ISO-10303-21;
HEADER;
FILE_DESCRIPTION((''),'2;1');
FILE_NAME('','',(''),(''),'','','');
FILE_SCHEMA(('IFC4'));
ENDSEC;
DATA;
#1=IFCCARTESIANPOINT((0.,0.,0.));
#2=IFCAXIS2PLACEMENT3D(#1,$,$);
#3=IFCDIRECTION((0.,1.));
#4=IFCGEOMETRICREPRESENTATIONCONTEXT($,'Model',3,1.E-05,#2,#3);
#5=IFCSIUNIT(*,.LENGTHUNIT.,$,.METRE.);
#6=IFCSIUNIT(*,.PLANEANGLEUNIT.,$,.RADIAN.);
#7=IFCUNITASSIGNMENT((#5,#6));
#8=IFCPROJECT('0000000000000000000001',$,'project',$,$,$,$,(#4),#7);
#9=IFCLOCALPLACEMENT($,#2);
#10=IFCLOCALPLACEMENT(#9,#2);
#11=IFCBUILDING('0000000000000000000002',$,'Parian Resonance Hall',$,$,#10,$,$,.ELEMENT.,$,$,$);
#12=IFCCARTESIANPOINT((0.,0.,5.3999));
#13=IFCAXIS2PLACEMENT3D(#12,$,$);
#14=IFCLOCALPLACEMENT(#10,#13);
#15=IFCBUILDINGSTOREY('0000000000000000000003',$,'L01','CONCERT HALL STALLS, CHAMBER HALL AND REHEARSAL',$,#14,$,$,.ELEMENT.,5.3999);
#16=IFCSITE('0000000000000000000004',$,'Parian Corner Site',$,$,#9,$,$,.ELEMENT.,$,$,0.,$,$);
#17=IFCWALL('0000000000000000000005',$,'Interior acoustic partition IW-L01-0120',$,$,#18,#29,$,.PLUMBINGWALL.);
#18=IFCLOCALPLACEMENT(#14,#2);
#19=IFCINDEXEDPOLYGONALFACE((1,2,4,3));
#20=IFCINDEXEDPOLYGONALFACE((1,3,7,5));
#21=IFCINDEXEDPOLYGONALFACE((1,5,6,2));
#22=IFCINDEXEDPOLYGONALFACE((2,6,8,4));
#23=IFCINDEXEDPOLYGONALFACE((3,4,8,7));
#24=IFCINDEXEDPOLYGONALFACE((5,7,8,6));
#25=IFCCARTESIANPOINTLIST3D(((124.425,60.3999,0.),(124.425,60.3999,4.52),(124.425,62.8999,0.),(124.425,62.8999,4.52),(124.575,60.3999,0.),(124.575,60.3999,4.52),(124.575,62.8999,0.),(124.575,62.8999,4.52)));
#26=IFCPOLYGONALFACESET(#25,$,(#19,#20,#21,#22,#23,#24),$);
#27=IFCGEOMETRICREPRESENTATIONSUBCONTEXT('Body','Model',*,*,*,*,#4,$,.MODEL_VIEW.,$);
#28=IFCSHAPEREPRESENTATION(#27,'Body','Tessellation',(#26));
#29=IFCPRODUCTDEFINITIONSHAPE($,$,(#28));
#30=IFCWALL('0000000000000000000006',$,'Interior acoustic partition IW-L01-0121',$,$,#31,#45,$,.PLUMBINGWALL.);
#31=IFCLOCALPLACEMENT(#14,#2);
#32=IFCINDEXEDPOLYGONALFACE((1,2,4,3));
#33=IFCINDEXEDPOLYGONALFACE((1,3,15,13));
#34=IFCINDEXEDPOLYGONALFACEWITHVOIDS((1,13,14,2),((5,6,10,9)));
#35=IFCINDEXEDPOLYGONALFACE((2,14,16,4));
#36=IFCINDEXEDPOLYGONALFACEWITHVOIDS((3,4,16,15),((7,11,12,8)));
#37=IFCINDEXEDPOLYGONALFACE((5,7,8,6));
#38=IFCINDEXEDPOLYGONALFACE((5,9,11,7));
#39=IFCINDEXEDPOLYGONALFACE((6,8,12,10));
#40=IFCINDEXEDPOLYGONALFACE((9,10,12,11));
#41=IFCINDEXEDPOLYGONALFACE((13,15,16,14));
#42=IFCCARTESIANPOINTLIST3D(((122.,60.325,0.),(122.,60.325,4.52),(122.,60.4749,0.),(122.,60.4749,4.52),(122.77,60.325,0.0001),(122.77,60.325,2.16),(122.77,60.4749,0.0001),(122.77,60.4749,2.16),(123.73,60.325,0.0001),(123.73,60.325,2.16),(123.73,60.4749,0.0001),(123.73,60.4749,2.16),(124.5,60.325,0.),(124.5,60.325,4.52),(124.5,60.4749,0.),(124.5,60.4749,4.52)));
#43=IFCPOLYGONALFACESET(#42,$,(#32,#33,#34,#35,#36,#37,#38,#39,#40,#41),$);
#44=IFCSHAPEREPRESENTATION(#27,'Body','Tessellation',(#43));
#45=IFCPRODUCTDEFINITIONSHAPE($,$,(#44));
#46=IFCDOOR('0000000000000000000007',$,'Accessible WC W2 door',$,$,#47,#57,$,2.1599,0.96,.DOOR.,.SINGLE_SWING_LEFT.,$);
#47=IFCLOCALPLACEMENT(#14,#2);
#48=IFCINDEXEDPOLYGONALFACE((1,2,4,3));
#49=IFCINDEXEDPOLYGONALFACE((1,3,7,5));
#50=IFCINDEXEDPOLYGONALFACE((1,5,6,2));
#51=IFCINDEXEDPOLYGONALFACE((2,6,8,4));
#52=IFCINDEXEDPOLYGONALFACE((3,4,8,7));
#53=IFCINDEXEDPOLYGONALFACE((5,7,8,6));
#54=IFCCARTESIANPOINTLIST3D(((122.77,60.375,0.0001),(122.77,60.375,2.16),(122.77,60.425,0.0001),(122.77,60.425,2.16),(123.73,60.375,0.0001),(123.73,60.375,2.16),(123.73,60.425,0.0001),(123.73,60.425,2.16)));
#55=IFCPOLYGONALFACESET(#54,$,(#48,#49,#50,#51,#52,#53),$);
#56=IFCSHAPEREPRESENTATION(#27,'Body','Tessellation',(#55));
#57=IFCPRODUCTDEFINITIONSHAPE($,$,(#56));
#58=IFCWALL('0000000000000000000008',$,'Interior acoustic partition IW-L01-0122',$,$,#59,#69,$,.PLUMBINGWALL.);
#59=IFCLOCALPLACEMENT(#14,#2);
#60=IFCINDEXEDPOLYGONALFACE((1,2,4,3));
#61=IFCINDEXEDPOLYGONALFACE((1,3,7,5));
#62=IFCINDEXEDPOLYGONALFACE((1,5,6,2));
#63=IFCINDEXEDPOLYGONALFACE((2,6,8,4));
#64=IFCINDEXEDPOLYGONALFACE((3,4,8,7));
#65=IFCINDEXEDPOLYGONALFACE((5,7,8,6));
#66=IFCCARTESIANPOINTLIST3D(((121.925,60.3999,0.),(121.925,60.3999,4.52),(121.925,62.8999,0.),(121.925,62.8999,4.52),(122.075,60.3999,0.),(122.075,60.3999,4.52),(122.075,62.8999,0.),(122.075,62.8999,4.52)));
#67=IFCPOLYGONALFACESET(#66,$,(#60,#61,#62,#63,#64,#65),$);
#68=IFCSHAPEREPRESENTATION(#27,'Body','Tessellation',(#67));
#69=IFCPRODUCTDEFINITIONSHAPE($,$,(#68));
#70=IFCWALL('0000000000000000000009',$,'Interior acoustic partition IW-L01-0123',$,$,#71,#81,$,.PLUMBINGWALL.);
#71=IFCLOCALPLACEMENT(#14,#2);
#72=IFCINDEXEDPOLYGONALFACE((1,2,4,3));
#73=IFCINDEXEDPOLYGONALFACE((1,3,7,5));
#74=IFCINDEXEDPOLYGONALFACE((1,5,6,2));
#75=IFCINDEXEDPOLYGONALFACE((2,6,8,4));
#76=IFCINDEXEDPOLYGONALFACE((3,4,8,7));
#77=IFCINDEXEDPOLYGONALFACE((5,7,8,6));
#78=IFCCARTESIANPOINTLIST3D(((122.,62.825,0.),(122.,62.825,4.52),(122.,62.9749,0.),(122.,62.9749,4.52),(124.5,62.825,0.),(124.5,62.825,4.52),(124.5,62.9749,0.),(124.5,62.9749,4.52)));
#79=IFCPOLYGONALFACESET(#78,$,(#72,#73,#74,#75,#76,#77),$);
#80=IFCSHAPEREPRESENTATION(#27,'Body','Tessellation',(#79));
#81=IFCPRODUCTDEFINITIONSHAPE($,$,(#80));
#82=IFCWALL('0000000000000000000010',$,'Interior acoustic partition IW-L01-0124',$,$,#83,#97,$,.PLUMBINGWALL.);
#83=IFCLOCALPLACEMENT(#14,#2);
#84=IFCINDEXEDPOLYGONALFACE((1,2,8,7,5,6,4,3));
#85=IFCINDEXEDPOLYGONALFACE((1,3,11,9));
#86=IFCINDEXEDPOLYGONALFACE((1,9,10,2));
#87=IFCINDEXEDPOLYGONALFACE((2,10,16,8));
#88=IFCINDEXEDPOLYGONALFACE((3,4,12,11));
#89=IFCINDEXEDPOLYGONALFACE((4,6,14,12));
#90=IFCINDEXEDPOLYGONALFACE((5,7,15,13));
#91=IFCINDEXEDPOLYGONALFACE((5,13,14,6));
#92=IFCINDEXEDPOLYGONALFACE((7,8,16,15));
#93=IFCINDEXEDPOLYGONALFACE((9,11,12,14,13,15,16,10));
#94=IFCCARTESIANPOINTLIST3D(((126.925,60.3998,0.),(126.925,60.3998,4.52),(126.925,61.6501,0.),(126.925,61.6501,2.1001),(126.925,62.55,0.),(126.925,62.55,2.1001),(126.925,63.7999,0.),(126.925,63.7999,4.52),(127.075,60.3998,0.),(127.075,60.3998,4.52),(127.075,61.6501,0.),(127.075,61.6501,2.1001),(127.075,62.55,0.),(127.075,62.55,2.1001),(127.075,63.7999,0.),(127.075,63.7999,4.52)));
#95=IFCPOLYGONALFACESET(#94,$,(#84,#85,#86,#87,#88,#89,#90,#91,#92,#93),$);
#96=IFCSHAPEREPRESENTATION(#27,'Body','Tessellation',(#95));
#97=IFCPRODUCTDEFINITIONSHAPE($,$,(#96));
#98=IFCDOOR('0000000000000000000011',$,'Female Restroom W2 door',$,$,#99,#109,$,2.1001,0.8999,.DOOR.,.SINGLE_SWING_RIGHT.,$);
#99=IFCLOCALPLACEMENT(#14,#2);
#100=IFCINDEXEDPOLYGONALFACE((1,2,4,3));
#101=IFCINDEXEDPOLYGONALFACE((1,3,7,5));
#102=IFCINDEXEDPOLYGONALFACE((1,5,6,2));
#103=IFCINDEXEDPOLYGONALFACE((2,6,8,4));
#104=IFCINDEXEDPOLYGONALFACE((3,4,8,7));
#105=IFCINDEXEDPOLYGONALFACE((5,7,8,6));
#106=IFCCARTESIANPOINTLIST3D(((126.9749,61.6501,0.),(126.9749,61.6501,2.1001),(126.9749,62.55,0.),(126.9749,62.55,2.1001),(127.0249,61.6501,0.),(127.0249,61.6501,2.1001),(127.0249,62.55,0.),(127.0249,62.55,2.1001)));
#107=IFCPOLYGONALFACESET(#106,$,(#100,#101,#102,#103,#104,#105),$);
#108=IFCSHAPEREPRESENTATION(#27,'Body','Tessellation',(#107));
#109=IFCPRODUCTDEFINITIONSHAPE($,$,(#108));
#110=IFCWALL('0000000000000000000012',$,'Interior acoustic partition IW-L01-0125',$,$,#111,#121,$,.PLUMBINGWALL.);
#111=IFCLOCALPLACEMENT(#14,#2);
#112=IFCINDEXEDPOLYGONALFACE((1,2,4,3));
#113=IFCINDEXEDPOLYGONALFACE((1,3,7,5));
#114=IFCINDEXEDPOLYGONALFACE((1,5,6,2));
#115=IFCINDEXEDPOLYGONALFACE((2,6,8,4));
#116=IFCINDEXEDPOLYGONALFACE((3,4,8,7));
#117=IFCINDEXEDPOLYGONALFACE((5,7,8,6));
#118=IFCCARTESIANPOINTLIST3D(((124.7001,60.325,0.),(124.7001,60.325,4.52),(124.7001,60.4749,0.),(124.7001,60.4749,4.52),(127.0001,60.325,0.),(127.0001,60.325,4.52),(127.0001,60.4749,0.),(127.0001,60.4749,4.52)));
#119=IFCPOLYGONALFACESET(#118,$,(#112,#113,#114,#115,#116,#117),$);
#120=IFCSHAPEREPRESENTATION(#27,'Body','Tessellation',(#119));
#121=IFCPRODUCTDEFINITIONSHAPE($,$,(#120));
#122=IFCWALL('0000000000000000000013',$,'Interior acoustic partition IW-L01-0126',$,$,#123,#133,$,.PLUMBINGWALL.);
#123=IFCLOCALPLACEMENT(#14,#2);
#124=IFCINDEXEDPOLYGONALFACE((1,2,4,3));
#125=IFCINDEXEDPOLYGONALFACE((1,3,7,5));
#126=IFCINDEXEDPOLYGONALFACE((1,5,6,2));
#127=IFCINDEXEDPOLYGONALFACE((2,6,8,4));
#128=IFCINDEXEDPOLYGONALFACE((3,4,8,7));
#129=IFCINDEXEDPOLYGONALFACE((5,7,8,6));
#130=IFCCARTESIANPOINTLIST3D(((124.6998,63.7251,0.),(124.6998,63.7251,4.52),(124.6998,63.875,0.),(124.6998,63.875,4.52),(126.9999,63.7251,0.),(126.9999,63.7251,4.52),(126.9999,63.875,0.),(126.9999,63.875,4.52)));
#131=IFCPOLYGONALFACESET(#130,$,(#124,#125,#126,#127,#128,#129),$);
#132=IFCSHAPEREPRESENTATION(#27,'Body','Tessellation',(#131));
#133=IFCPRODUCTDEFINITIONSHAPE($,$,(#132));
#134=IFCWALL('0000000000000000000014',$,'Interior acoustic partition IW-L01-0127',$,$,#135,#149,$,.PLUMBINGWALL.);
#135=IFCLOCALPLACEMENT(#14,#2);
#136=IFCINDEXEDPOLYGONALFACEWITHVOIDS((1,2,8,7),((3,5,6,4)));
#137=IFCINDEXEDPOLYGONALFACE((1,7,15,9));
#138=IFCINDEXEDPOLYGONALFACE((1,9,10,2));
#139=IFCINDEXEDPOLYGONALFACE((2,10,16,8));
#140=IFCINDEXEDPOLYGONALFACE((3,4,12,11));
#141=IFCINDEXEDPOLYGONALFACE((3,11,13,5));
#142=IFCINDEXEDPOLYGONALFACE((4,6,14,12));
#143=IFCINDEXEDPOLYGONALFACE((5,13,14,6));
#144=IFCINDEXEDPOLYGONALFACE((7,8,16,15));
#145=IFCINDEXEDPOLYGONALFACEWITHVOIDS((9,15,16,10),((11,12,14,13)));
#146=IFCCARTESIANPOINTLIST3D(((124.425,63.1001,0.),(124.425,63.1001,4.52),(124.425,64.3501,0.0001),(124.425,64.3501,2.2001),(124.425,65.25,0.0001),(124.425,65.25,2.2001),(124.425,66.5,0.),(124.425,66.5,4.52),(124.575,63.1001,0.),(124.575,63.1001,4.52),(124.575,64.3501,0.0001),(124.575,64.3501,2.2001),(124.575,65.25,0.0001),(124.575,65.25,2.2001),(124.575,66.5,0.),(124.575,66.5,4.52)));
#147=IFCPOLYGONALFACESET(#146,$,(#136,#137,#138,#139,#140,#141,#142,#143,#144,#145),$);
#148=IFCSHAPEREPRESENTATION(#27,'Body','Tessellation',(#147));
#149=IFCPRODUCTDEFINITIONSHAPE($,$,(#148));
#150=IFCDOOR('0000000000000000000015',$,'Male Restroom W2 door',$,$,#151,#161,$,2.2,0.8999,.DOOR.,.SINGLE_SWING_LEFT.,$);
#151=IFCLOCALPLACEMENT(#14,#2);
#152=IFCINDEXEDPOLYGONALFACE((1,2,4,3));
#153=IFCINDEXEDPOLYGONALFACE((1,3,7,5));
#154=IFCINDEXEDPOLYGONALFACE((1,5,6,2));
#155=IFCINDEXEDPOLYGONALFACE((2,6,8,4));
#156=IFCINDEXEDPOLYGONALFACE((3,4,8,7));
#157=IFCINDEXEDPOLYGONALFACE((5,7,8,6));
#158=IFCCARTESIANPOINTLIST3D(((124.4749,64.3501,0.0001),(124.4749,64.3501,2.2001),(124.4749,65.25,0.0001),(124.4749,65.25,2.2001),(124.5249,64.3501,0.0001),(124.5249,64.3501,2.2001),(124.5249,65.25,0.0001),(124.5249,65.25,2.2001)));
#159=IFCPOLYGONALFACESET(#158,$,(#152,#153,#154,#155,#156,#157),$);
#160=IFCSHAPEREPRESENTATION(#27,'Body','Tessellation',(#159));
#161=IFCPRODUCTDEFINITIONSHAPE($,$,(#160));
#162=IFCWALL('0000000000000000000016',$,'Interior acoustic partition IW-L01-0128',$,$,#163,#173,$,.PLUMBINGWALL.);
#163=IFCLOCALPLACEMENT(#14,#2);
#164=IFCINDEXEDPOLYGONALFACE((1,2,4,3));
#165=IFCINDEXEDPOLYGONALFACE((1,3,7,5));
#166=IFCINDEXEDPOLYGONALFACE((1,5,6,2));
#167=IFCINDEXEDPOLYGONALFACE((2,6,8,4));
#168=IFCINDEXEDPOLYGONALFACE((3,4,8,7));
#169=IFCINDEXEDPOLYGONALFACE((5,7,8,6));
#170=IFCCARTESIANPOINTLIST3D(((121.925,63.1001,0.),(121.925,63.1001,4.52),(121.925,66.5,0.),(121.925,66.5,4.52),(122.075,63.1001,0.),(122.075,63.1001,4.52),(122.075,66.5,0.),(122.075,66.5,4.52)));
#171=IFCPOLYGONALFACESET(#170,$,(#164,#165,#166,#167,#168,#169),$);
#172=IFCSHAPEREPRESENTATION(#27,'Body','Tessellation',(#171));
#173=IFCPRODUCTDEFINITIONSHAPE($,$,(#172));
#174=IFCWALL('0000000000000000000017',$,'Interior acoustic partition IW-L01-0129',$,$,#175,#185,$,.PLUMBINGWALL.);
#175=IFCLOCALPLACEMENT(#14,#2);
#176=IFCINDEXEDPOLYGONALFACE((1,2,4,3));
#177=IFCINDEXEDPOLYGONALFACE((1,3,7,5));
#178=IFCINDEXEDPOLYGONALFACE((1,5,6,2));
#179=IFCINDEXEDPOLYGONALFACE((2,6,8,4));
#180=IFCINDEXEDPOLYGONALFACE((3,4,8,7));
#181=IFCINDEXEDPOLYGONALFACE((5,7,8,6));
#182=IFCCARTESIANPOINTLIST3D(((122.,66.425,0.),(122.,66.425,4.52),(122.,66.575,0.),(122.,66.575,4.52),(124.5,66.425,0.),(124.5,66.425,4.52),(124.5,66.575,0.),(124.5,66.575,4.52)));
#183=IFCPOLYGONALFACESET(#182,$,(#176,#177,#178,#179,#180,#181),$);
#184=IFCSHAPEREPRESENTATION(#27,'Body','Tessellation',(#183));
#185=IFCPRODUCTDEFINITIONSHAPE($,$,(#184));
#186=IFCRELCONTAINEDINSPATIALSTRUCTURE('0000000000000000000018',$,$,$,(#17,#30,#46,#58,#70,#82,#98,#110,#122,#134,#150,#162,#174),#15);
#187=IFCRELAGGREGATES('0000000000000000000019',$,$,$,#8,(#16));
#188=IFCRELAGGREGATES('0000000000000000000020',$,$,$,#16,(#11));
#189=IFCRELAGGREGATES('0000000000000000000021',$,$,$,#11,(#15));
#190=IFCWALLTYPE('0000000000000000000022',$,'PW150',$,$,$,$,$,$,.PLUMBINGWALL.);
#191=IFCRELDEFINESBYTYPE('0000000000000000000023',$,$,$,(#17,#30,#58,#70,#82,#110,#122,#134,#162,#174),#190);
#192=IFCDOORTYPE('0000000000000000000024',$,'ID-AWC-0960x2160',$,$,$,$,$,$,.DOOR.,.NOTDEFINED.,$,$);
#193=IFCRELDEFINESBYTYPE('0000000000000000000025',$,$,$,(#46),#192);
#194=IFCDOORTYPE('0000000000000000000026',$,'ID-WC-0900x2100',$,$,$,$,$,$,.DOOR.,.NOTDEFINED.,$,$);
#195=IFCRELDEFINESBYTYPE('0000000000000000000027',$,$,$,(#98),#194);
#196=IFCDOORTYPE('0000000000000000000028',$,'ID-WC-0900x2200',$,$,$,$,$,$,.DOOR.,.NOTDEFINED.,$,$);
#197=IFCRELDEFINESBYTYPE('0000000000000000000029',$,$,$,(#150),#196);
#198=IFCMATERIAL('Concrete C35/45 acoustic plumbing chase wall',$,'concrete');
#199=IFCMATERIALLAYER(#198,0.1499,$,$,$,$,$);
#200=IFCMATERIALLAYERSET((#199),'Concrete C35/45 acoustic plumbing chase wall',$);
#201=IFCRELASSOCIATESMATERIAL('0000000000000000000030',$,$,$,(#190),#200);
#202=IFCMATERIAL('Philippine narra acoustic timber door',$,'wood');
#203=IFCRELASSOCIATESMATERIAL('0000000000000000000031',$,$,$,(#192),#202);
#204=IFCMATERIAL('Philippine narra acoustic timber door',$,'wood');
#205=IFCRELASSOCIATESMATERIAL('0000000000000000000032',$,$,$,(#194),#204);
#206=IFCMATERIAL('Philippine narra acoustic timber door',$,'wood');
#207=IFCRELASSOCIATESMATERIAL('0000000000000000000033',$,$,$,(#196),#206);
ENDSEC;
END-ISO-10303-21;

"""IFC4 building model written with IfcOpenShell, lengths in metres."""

from ifc_helpers import new_model, si_unit, direction, frame, frame_2d, origin, place, context, subcontext, project, spatial, rectangle, extrude, material, layer, layer_set, type_object, element, fill, save


model = new_model("IFC4")

# Units and contexts
model_context = context("Model", 3, precision=1e-05, world=origin(), true_north=direction((0.0, 1.0)))
body_context = subcontext(model_context, "Body", "Model", "MODEL_VIEW")
ifc_project = project(units=[si_unit("LENGTHUNIT", "METRE"), si_unit("PLANEANGLEUNIT", "RADIAN")], contexts=[model_context])

# Site, building, storey
site_placement = place(None, origin())
site = spatial("IfcSite", under=ifc_project, at=site_placement, Name="Parian Corner Site", CompositionType="ELEMENT", RefElevation=0.0)
building_placement = place(site_placement, origin())
building = spatial("IfcBuilding", under=site, at=building_placement, Name="Parian Resonance Hall", CompositionType="ELEMENT")
storey_placement = place(building_placement, frame((0.0, 0.0, 5.3999)))
storey = spatial("IfcBuildingStorey", under=building, at=storey_placement, Name="L01", Description="CONCERT HALL STALLS, CHAMBER HALL AND REHEARSAL", CompositionType="ELEMENT", Elevation=5.3999)

# Wall
ifc_material_1 = material(Name="Concrete C35/45 acoustic plumbing chase wall", Category="concrete")
ifc_layer_1 = layer(ifc_material_1, 0.1499)
ifc_layer_set_1 = layer_set([ifc_layer_1], Name="Concrete C35/45 acoustic plumbing chase wall")
wall_type_1 = type_object("IfcWallType", Name="PW150", PredefinedType="PLUMBINGWALL", material=ifc_layer_set_1)
wall_1_placement = place(storey_placement, frame((124.5, 62.8999, 0.0), z_axis=(0.0, 0.0, 1.0), x_axis=(0.0, -1.0, 0.0)))
element("IfcWall", 1, at=wall_1_placement, inside=storey, type_object=wall_type_1, Name="Interior acoustic partition IW-L01-0120", PredefinedType="PLUMBINGWALL", context=body_context, shape_type="SweptSolid", body=[
    extrude(rectangle(XDim=2.5, YDim=0.1499, at=frame_2d((1.25, 0.0))), origin(), (0.0, 0.0, 1.0), 4.52),
])

# Wall, opening, door
wall_2_placement = place(storey_placement, frame((124.5, 60.3999, 0.0), z_axis=(0.0, 0.0, 1.0), x_axis=(-1.0, 0.0, 0.0)))
wall_2 = element("IfcWall", 2, at=wall_2_placement, inside=storey, type_object=wall_type_1, Name="Interior acoustic partition IW-L01-0121", PredefinedType="PLUMBINGWALL", context=body_context, shape_type="SweptSolid", body=[
    extrude(rectangle(XDim=2.5, YDim=0.1499, at=frame_2d((1.25, 0.0))), origin(), (0.0, 0.0, 1.0), 4.52),
])
opening_1_placement = place(wall_2_placement, frame((0.77, 0.0, 0.0)))
opening_1 = element("IfcOpeningElement", 3, at=opening_1_placement, cuts=wall_2, PredefinedType="OPENING", context=body_context, shape_type="SweptSolid", body=[
    extrude(rectangle(XDim=0.96, YDim=2.1599, at=frame_2d((0.48, 1.0801))), frame((0.0, 0.085, 0.0), z_axis=(0.0, -1.0, 0.0), x_axis=(1.0, 0.0, 0.0)), (0.0, 0.0, 1.0), 0.1699),
])
ifc_material_2 = material(Name="Philippine narra acoustic timber door", Category="wood")
door_type_1 = type_object("IfcDoorType", Name="ID-AWC-0960x2160", OperationType="NOTDEFINED", PredefinedType="DOOR", material=ifc_material_2)
door_1_placement = place(opening_1_placement, origin())
door_1 = element("IfcDoor", 4, at=door_1_placement, inside=storey, type_object=door_type_1, Name="Accessible WC W2 door", OperationType="SINGLE_SWING_LEFT", OverallHeight=2.1599, OverallWidth=0.96, PredefinedType="DOOR", context=body_context, shape_type="SweptSolid", body=[
    extrude(rectangle(XDim=0.96, YDim=2.1599, at=frame_2d((0.48, 1.0801))), frame((0.0, 0.0249, 0.0), z_axis=(0.0, -1.0, 0.0), x_axis=(1.0, 0.0, 0.0)), (0.0, 0.0, 1.0), 0.05),
])
fill(opening_1, door_1)

# Walls
for number, where, z_axis, x_axis, name in (
    (5, (122.0, 60.3999, 0.0), (0.0, 0.0, 1.0), (0.0, 1.0, 0.0), "Interior acoustic partition IW-L01-0122"),
    (6, (122.0, 62.8999, 0.0), (0.0, 0.0, 1.0), (1.0, 0.0, 0.0), "Interior acoustic partition IW-L01-0123"),
):
    element("IfcWall", number, at=place(storey_placement, frame(where, z_axis=z_axis, x_axis=x_axis)), inside=storey, type_object=wall_type_1, Name=name, PredefinedType="PLUMBINGWALL", context=body_context, shape_type="SweptSolid", body=[
        extrude(rectangle(XDim=2.5, YDim=0.1499, at=frame_2d((1.25, 0.0))), origin(), (0.0, 0.0, 1.0), 4.52),
    ])

# Wall, opening, door
wall_3_placement = place(storey_placement, frame((127.0, 63.8, 0.0), z_axis=(0.0, 0.0, 1.0), x_axis=(0.0, -1.0, 0.0)))
wall_3 = element("IfcWall", 7, at=wall_3_placement, inside=storey, type_object=wall_type_1, Name="Interior acoustic partition IW-L01-0124", PredefinedType="PLUMBINGWALL", context=body_context, shape_type="SweptSolid", body=[
    extrude(rectangle(XDim=3.4001, YDim=0.1499, at=frame_2d((1.7002, 0.0))), origin(), (0.0, 0.0, 1.0), 4.52),
])
opening_2_placement = place(wall_3_placement, frame((1.25, 0.0, 0.0)))
opening_2 = element("IfcOpeningElement", 8, at=opening_2_placement, cuts=wall_3, PredefinedType="OPENING", context=body_context, shape_type="SweptSolid", body=[
    extrude(rectangle(XDim=0.8999, YDim=2.1001, at=frame_2d((0.45, 1.05))), frame((0.0, 0.085, 0.0), z_axis=(0.0, -1.0, 0.0), x_axis=(1.0, 0.0, 0.0)), (0.0, 0.0, 1.0), 0.1699),
])
ifc_material_3 = material(Name="Philippine narra acoustic timber door", Category="wood")
door_type_2 = type_object("IfcDoorType", Name="ID-WC-0900x2100", OperationType="NOTDEFINED", PredefinedType="DOOR", material=ifc_material_3)
door_2_placement = place(opening_2_placement, origin())
door_2 = element("IfcDoor", 9, at=door_2_placement, inside=storey, type_object=door_type_2, Name="Female Restroom W2 door", OperationType="SINGLE_SWING_RIGHT", OverallHeight=2.1001, OverallWidth=0.8999, PredefinedType="DOOR", context=body_context, shape_type="SweptSolid", body=[
    extrude(rectangle(XDim=0.8999, YDim=2.1001, at=frame_2d((0.45, 1.05))), frame((0.0, 0.0249, 0.0), z_axis=(0.0, -1.0, 0.0), x_axis=(1.0, 0.0, 0.0)), (0.0, 0.0, 1.0), 0.05),
])
fill(opening_2, door_2)

# Walls
for number, where, z_axis, x_axis, name in (
    (10, (127.0, 60.3999, 0.0), (0.0, 0.0, 1.0), (-1.0, 0.0, 0.0), "Interior acoustic partition IW-L01-0125"),
    (11, (124.7, 63.8, 0.0), (0.0, 0.0, 1.0), (1.0, 0.0, 0.0), "Interior acoustic partition IW-L01-0126"),
):
    element("IfcWall", number, at=place(storey_placement, frame(where, z_axis=z_axis, x_axis=x_axis)), inside=storey, type_object=wall_type_1, Name=name, PredefinedType="PLUMBINGWALL", context=body_context, shape_type="SweptSolid", body=[
        extrude(rectangle(XDim=2.3, YDim=0.1499, at=frame_2d((1.1499, 0.0))), origin(), (0.0, 0.0, 1.0), 4.52),
    ])

# Wall, opening, door
wall_4_placement = place(storey_placement, frame((124.5, 66.5, 0.0), z_axis=(0.0, 0.0, 1.0), x_axis=(0.0, -1.0, 0.0)))
wall_4 = element("IfcWall", 12, at=wall_4_placement, inside=storey, type_object=wall_type_1, Name="Interior acoustic partition IW-L01-0127", PredefinedType="PLUMBINGWALL", context=body_context, shape_type="SweptSolid", body=[
    extrude(rectangle(XDim=3.3999, YDim=0.1499, at=frame_2d((1.7, 0.0))), origin(), (0.0, 0.0, 1.0), 4.52),
])
opening_3_placement = place(wall_4_placement, frame((1.25, 0.0, 0.0)))
opening_3 = element("IfcOpeningElement", 13, at=opening_3_placement, cuts=wall_4, PredefinedType="OPENING", context=body_context, shape_type="SweptSolid", body=[
    extrude(rectangle(XDim=0.8999, YDim=2.2, at=frame_2d((0.45, 1.1001))), frame((0.0, 0.085, 0.0), z_axis=(0.0, -1.0, 0.0), x_axis=(1.0, 0.0, 0.0)), (0.0, 0.0, 1.0), 0.1699),
])
ifc_material_4 = material(Name="Philippine narra acoustic timber door", Category="wood")
door_type_3 = type_object("IfcDoorType", Name="ID-WC-0900x2200", OperationType="NOTDEFINED", PredefinedType="DOOR", material=ifc_material_4)
door_3_placement = place(opening_3_placement, origin())
door_3 = element("IfcDoor", 14, at=door_3_placement, inside=storey, type_object=door_type_3, Name="Male Restroom W2 door", OperationType="SINGLE_SWING_LEFT", OverallHeight=2.2, OverallWidth=0.8999, PredefinedType="DOOR", context=body_context, shape_type="SweptSolid", body=[
    extrude(rectangle(XDim=0.8999, YDim=2.2, at=frame_2d((0.45, 1.1001))), frame((0.0, 0.0249, 0.0), z_axis=(0.0, -1.0, 0.0), x_axis=(1.0, 0.0, 0.0)), (0.0, 0.0, 1.0), 0.05),
])
fill(opening_3, door_3)

# Walls
wall_5_placement = place(storey_placement, frame((122.0, 63.1001, 0.0), z_axis=(0.0, 0.0, 1.0), x_axis=(0.0, 1.0, 0.0)))
element("IfcWall", 15, at=wall_5_placement, inside=storey, type_object=wall_type_1, Name="Interior acoustic partition IW-L01-0128", PredefinedType="PLUMBINGWALL", context=body_context, shape_type="SweptSolid", body=[
    extrude(rectangle(XDim=3.3999, YDim=0.1499, at=frame_2d((1.7, 0.0))), origin(), (0.0, 0.0, 1.0), 4.52),
])
wall_6_placement = place(storey_placement, frame((122.0, 66.5, 0.0), z_axis=(0.0, 0.0, 1.0), x_axis=(1.0, 0.0, 0.0)))
element("IfcWall", 16, at=wall_6_placement, inside=storey, type_object=wall_type_1, Name="Interior acoustic partition IW-L01-0129", PredefinedType="PLUMBINGWALL", context=body_context, shape_type="SweptSolid", body=[
    extrude(rectangle(XDim=2.5, YDim=0.1499, at=frame_2d((1.25, 0.0))), origin(), (0.0, 0.0, 1.0), 4.52),
])

save(model, "model.ifc")
